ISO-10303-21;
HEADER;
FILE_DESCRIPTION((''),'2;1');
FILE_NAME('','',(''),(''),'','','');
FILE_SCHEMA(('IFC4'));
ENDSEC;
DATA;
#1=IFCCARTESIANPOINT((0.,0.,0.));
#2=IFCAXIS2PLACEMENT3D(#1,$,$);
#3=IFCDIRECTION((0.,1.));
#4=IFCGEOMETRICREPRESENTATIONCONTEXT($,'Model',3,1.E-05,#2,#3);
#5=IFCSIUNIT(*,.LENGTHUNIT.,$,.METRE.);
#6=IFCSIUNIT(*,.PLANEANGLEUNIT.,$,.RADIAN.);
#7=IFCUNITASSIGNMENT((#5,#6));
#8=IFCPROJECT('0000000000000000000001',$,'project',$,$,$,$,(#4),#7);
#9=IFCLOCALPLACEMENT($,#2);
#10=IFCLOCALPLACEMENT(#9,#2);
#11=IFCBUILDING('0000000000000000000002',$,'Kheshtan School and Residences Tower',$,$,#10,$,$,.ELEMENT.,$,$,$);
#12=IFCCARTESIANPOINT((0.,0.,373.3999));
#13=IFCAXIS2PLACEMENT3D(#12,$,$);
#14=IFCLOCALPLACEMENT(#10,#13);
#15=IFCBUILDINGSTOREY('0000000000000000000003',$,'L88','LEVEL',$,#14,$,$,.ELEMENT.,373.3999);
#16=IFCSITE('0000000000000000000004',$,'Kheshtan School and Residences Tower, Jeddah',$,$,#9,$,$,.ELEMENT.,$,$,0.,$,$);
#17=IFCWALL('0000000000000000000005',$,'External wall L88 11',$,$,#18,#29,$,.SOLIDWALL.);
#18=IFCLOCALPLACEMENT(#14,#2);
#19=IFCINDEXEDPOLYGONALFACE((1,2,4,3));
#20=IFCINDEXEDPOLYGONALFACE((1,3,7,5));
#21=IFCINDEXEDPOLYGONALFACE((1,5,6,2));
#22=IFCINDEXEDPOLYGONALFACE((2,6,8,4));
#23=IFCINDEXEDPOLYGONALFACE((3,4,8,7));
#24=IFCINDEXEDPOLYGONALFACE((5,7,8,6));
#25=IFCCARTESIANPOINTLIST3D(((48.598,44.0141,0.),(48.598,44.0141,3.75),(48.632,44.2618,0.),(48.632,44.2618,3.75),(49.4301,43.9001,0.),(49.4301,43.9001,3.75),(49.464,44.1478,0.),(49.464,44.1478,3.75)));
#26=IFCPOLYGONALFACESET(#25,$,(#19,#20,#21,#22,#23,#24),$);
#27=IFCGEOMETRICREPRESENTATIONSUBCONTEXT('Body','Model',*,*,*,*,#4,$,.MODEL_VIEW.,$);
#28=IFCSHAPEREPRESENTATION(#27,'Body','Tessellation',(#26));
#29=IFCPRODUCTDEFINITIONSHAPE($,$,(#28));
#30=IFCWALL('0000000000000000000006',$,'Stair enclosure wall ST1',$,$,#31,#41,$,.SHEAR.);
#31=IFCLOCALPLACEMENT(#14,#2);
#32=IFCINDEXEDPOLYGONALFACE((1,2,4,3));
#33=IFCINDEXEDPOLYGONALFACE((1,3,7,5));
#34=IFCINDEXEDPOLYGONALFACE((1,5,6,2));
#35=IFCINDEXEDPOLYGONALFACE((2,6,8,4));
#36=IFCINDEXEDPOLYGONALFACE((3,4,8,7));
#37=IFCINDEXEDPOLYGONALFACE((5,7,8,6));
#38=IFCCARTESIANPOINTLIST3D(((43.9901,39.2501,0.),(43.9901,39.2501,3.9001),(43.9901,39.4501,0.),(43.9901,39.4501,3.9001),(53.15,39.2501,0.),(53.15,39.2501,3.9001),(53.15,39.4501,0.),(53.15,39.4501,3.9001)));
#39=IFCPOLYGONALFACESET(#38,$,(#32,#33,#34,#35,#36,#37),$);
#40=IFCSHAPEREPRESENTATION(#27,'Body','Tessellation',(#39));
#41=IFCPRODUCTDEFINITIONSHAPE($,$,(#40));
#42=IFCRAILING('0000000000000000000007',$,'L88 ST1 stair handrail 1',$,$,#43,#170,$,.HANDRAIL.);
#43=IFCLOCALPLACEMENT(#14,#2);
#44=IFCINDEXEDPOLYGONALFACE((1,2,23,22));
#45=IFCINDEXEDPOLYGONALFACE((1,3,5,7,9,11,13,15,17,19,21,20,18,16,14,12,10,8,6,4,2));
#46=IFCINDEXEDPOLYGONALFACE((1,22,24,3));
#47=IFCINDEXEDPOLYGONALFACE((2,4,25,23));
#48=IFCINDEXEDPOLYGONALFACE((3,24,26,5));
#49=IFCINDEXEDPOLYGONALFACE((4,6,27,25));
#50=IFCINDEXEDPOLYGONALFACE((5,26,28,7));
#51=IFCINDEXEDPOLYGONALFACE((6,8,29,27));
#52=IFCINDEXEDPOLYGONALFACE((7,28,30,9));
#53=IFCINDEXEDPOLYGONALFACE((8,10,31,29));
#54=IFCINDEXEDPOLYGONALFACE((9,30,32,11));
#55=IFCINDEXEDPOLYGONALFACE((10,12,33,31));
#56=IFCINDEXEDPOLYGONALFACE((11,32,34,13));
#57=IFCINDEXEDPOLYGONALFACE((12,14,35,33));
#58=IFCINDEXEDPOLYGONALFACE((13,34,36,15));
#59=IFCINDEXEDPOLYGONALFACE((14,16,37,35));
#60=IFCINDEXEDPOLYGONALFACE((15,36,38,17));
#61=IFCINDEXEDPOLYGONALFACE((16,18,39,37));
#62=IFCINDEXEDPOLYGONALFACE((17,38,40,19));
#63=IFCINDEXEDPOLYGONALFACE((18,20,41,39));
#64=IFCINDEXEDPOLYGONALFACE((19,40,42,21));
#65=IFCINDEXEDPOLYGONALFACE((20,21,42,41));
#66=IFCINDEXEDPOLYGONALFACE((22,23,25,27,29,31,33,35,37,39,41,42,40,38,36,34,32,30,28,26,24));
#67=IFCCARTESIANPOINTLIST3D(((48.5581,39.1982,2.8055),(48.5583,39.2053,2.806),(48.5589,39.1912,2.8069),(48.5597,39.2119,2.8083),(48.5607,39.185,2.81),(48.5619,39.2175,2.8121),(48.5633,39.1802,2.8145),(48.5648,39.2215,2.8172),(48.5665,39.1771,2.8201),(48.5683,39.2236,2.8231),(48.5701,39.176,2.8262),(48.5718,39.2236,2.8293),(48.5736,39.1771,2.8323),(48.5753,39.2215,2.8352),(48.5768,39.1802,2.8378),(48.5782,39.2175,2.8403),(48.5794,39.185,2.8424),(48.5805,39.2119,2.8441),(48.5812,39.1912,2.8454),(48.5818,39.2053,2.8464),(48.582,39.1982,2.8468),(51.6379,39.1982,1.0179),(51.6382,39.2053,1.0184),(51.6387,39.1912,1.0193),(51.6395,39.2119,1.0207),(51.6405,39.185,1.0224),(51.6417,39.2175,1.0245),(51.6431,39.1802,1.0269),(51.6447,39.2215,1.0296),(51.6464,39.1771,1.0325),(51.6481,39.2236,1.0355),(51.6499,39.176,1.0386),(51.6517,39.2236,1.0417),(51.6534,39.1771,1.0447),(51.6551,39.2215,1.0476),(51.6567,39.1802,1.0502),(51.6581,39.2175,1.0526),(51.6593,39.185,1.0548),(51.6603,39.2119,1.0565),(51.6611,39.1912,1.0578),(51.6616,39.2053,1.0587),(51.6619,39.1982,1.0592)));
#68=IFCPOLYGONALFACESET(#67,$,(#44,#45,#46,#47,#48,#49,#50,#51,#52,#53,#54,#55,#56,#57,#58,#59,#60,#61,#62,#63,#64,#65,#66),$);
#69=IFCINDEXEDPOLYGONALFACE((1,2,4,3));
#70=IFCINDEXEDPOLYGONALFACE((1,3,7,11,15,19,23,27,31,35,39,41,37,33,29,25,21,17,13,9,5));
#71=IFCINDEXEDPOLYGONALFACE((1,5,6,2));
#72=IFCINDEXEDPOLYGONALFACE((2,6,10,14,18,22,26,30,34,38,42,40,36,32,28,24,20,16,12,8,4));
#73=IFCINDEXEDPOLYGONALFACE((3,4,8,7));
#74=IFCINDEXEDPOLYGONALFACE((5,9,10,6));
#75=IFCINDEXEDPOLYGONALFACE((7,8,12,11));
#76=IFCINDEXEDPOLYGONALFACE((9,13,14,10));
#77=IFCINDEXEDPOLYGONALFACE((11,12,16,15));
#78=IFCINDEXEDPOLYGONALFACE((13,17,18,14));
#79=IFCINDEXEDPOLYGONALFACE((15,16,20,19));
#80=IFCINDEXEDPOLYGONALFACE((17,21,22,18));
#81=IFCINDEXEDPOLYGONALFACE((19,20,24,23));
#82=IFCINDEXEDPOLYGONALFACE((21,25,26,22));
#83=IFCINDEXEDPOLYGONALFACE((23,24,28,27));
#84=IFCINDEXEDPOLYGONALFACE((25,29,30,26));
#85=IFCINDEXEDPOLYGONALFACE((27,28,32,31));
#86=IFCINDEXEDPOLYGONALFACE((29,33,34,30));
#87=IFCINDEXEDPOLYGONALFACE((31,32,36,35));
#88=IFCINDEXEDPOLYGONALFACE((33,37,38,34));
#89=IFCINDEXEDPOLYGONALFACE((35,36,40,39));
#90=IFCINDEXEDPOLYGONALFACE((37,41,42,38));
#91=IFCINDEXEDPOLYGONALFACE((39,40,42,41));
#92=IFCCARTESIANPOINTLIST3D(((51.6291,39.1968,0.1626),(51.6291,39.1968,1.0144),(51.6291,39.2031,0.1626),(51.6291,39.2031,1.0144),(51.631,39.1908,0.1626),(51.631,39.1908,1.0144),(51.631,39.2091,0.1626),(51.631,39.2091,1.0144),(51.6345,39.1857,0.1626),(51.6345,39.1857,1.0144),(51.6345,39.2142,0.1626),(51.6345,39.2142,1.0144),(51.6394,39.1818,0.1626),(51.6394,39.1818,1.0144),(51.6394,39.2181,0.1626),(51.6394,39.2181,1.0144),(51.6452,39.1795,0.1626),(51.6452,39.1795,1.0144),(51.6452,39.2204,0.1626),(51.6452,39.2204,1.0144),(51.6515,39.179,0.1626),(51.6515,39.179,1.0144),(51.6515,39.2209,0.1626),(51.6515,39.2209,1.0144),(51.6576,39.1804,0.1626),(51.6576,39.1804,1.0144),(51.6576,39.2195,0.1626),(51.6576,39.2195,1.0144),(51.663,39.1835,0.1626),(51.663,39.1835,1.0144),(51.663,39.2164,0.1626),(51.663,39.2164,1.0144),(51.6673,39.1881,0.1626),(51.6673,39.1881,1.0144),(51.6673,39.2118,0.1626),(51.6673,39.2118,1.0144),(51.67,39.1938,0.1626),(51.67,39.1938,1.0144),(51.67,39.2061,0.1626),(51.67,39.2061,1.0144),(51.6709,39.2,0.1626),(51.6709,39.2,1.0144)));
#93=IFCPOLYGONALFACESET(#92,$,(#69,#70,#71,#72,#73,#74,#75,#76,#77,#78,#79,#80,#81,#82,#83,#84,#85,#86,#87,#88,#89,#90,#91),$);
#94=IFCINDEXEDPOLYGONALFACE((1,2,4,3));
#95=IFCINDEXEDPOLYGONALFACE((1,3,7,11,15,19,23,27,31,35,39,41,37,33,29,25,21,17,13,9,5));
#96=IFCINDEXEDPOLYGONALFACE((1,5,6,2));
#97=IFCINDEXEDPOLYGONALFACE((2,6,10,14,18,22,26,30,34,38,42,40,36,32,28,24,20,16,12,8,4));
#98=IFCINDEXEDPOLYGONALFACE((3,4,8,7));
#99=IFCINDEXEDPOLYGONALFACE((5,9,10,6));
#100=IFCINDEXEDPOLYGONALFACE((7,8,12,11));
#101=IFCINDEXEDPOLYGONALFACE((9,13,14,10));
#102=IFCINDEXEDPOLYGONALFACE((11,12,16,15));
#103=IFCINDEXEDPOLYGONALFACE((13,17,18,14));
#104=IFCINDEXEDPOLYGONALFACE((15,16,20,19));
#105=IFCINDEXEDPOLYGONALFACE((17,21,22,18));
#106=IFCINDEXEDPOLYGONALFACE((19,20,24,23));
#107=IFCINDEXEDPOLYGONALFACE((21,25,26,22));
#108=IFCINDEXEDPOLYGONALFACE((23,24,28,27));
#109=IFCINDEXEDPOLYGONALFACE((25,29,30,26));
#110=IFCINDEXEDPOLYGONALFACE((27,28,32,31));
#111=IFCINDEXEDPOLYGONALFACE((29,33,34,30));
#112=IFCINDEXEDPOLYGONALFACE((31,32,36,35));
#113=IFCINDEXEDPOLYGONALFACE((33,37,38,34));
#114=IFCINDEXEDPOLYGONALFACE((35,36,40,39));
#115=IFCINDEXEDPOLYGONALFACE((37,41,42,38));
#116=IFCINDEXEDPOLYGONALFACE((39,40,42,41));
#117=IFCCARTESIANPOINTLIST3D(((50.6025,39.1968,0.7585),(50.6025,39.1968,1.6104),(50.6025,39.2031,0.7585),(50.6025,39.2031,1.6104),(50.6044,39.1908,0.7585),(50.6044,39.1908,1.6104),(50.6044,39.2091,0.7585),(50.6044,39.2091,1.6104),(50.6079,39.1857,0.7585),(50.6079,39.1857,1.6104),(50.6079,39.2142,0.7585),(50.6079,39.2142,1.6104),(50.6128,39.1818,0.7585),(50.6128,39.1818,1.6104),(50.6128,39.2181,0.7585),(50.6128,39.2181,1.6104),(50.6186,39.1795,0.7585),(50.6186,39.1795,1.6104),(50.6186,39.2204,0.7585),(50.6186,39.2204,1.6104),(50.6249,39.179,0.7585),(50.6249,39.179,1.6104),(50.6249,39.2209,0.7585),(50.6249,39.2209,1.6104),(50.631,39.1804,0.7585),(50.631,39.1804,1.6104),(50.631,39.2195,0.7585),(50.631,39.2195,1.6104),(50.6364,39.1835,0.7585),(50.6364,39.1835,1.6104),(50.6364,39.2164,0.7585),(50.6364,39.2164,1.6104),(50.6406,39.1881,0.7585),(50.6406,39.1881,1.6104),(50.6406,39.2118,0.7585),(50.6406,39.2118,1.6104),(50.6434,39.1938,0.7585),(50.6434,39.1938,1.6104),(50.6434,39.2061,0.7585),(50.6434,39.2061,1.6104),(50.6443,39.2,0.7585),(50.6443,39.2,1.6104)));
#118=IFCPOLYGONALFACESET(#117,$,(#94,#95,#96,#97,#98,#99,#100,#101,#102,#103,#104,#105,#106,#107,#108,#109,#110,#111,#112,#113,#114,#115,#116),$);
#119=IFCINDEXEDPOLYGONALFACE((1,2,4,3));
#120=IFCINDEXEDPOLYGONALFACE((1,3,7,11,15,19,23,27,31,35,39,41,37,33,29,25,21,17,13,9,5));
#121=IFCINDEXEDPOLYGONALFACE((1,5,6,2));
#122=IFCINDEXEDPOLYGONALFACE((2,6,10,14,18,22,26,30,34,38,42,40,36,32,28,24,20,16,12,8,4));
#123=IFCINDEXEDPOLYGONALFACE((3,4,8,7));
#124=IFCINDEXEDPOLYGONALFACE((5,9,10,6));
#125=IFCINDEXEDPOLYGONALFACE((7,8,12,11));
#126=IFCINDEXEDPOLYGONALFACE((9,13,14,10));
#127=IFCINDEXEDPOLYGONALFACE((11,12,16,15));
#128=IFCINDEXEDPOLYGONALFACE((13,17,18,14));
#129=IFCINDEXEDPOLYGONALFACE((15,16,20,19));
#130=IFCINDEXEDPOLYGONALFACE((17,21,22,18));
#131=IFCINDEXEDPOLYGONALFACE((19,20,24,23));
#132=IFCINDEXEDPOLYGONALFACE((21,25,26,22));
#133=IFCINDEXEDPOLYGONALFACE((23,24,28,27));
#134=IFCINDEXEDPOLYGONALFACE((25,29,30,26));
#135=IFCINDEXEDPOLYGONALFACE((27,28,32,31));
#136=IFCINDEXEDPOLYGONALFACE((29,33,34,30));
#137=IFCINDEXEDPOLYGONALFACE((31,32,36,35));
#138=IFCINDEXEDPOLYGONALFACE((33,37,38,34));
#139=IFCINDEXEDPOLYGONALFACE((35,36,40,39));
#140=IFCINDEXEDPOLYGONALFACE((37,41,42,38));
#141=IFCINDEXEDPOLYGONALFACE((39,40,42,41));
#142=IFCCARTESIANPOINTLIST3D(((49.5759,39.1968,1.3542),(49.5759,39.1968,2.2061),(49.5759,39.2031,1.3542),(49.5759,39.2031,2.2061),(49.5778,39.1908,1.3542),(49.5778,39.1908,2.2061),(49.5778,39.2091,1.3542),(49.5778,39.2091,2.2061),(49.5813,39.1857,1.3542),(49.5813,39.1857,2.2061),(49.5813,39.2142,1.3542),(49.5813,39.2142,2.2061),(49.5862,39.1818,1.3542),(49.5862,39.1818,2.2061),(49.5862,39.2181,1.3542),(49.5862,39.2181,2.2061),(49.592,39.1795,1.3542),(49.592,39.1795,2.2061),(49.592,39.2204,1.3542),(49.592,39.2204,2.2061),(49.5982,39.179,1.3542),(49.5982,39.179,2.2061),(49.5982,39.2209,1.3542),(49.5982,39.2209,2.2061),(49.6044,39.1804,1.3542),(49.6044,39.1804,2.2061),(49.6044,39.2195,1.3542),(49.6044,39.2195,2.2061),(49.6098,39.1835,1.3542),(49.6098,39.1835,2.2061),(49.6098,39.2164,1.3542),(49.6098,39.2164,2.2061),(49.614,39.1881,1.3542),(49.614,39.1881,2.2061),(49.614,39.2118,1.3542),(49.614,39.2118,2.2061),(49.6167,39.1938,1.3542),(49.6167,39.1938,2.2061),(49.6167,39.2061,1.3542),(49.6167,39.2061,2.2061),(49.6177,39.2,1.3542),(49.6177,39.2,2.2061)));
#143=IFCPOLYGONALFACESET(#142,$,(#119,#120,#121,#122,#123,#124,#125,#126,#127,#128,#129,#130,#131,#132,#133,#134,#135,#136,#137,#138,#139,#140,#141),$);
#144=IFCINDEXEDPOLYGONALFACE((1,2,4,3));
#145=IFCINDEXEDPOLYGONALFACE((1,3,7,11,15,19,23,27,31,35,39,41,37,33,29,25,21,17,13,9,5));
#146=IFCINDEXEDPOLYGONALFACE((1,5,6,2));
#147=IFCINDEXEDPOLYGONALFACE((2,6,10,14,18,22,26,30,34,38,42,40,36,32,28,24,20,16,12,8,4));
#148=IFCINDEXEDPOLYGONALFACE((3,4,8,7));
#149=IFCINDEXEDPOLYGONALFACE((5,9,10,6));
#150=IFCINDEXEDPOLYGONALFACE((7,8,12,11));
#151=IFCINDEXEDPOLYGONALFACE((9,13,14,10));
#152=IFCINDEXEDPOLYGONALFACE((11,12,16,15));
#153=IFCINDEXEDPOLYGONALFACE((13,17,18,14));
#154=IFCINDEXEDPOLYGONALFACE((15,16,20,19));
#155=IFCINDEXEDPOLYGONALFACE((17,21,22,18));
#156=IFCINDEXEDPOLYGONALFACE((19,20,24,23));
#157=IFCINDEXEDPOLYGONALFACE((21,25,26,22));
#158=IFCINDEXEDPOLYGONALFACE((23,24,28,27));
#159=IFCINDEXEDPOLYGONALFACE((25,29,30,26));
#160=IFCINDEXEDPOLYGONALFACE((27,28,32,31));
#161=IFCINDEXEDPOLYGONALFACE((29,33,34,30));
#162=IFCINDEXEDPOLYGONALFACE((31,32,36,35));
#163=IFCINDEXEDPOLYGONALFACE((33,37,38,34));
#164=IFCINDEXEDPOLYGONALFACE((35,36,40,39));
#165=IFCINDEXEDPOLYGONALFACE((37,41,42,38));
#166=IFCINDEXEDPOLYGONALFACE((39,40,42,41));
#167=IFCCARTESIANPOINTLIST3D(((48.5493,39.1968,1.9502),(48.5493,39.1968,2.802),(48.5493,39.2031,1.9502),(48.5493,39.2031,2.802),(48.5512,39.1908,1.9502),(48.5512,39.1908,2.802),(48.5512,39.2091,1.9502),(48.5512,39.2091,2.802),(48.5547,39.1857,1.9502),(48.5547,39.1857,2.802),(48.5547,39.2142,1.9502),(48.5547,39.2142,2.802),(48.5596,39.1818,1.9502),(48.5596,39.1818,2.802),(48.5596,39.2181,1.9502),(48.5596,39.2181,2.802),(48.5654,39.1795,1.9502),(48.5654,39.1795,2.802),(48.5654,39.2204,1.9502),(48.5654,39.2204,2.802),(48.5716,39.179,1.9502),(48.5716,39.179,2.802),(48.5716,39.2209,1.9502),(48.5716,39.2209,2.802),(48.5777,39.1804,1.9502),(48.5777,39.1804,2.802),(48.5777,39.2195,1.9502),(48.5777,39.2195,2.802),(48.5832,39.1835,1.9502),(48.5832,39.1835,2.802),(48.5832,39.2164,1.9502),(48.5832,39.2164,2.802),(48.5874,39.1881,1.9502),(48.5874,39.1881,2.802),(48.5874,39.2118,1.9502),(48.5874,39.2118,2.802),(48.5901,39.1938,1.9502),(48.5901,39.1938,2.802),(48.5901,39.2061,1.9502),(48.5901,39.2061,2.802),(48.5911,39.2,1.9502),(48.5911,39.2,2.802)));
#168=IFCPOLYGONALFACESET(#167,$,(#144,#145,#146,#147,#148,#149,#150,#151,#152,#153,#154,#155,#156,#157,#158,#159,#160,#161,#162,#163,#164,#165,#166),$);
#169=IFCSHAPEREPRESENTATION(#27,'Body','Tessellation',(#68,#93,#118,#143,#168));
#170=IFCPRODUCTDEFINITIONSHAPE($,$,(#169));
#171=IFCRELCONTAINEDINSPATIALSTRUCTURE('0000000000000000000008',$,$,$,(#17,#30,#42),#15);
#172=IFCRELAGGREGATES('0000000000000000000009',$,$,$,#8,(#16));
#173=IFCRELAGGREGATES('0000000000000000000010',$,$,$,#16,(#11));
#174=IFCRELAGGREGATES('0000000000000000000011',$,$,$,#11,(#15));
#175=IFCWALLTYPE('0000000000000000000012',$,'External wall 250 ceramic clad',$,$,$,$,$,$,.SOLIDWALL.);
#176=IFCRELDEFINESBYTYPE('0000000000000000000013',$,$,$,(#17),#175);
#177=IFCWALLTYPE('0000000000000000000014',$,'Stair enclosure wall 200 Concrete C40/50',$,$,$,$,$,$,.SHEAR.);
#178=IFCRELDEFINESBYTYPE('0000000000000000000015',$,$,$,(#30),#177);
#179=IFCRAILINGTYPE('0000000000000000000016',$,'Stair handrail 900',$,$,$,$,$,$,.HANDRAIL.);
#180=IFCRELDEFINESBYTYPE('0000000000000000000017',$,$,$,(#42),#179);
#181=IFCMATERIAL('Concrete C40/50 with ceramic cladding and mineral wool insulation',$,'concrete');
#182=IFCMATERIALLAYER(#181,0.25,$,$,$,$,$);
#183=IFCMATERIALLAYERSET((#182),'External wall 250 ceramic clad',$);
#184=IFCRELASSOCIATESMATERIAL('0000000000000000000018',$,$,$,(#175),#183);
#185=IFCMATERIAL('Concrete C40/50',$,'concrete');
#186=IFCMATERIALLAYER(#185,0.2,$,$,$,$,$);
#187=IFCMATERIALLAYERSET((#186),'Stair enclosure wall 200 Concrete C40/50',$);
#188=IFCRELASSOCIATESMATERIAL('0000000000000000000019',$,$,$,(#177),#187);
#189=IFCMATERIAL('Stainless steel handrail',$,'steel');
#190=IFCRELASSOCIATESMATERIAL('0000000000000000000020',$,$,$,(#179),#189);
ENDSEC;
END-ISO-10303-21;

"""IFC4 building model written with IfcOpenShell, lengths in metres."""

from ifc_helpers import new_model, si_unit, direction, frame, frame_2d, origin, origin_2d, place, context, subcontext, project, spatial, rectangle, circle, extrude, material, layer, layer_set, type_object, element, save


model = new_model("IFC4")

# Units and contexts
model_context = context("Model", 3, precision=1e-05, world=origin(), true_north=direction((0.0, 1.0)))
body_context = subcontext(model_context, "Body", "Model", "MODEL_VIEW")
ifc_project = project(units=[si_unit("LENGTHUNIT", "METRE"), si_unit("PLANEANGLEUNIT", "RADIAN")], contexts=[model_context])

# Site, building, storey
site_placement = place(None, origin())
site = spatial("IfcSite", under=ifc_project, at=site_placement, Name="Kheshtan School and Residences Tower, Jeddah", CompositionType="ELEMENT", RefElevation=0.0)
building_placement = place(site_placement, origin())
building = spatial("IfcBuilding", under=site, at=building_placement, Name="Kheshtan School and Residences Tower", CompositionType="ELEMENT")
storey_placement = place(building_placement, frame((0.0, 0.0, 373.3999)))
storey = spatial("IfcBuildingStorey", under=building, at=storey_placement, Name="L88", Description="LEVEL", CompositionType="ELEMENT", Elevation=373.3999)

# Shared definitions
ifc_material_1 = material(Name="Concrete C40/50 with ceramic cladding and mineral wool insulation", Category="concrete")
ifc_layer_1 = layer(ifc_material_1, 0.25)
ifc_layer_set_1 = layer_set([ifc_layer_1], Name="External wall 250 ceramic clad")
wall_type_1 = type_object("IfcWallType", Name="External wall 250 ceramic clad", PredefinedType="SOLIDWALL", material=ifc_layer_set_1)

# Wall
wall_1_placement = place(storey_placement, frame((48.615, 44.1379, 0.0), z_axis=(0.0, 0.0, 1.0), x_axis=(0.990742, -0.135762, 0.0)))
element("IfcWall", 1, at=wall_1_placement, inside=storey, type_object=wall_type_1, Name="External wall L88 11", PredefinedType="SOLIDWALL", context=body_context, shape_type="SweptSolid", body=[
    extrude(rectangle(XDim=0.8398, YDim=0.25, at=frame_2d((0.4199, 0.0))), origin(), (0.0, 0.0, 1.0), 3.75),
])

# Wall
ifc_material_2 = material(Name="Concrete C40/50", Category="concrete")
ifc_layer_2 = layer(ifc_material_2, 0.2)
ifc_layer_set_2 = layer_set([ifc_layer_2], Name="Stair enclosure wall 200 Concrete C40/50")
wall_type_2 = type_object("IfcWallType", Name="Stair enclosure wall 200 Concrete C40/50", PredefinedType="SHEAR", material=ifc_layer_set_2)
wall_2_placement = place(storey_placement, frame((43.99, 39.3501, 0.0), z_axis=(0.0, 0.0, 1.0), x_axis=(1.0, 0.0, 0.0)))
element("IfcWall", 2, at=wall_2_placement, inside=storey, type_object=wall_type_2, Name="Stair enclosure wall ST1", PredefinedType="SHEAR", context=body_context, shape_type="SweptSolid", body=[
    extrude(rectangle(XDim=9.1599, YDim=0.2, at=frame_2d((4.5801, 0.0))), origin(), (0.0, 0.0, 1.0), 3.9001),
])

# Railing
ifc_material_3 = material(Name="Stainless steel handrail", Category="steel")
railing_type = type_object("IfcRailingType", Name="Stair handrail 900", PredefinedType="HANDRAIL", material=ifc_material_3)
railing_placement = place(storey_placement, frame((51.6499, 39.2, 0.1626)))
element("IfcRailing", 3, at=railing_placement, inside=storey, type_object=railing_type, Name="L88 ST1 stair handrail 1", PredefinedType="HANDRAIL", context=body_context, shape_type="SweptSolid", body=[
    extrude(circle(Radius=0.0239, at=origin_2d()), frame((0.0, 0.0, 0.876), z_axis=(-0.864873, 0.0, 0.50199), x_axis=(0.0, -1.0, 0.0)), (0.0, 0.0, 1.0), 3.561),
    extrude(circle(Radius=0.021, at=origin_2d()), origin(), (0.0, 0.0, 1.0), 0.8518),
    extrude(circle(Radius=0.021, at=origin_2d()), frame((-1.0266, 0.0, 0.5959)), (0.0, 0.0, 1.0), 0.8518),
    extrude(circle(Radius=0.021, at=origin_2d()), frame((-2.0532, 0.0, 1.1917)), (0.0, 0.0, 1.0), 0.8518),
    extrude(circle(Radius=0.021, at=origin_2d()), frame((-3.0798, 0.0, 1.7876)), (0.0, 0.0, 1.0), 0.8518),
])

save(model, "model.ifc")
